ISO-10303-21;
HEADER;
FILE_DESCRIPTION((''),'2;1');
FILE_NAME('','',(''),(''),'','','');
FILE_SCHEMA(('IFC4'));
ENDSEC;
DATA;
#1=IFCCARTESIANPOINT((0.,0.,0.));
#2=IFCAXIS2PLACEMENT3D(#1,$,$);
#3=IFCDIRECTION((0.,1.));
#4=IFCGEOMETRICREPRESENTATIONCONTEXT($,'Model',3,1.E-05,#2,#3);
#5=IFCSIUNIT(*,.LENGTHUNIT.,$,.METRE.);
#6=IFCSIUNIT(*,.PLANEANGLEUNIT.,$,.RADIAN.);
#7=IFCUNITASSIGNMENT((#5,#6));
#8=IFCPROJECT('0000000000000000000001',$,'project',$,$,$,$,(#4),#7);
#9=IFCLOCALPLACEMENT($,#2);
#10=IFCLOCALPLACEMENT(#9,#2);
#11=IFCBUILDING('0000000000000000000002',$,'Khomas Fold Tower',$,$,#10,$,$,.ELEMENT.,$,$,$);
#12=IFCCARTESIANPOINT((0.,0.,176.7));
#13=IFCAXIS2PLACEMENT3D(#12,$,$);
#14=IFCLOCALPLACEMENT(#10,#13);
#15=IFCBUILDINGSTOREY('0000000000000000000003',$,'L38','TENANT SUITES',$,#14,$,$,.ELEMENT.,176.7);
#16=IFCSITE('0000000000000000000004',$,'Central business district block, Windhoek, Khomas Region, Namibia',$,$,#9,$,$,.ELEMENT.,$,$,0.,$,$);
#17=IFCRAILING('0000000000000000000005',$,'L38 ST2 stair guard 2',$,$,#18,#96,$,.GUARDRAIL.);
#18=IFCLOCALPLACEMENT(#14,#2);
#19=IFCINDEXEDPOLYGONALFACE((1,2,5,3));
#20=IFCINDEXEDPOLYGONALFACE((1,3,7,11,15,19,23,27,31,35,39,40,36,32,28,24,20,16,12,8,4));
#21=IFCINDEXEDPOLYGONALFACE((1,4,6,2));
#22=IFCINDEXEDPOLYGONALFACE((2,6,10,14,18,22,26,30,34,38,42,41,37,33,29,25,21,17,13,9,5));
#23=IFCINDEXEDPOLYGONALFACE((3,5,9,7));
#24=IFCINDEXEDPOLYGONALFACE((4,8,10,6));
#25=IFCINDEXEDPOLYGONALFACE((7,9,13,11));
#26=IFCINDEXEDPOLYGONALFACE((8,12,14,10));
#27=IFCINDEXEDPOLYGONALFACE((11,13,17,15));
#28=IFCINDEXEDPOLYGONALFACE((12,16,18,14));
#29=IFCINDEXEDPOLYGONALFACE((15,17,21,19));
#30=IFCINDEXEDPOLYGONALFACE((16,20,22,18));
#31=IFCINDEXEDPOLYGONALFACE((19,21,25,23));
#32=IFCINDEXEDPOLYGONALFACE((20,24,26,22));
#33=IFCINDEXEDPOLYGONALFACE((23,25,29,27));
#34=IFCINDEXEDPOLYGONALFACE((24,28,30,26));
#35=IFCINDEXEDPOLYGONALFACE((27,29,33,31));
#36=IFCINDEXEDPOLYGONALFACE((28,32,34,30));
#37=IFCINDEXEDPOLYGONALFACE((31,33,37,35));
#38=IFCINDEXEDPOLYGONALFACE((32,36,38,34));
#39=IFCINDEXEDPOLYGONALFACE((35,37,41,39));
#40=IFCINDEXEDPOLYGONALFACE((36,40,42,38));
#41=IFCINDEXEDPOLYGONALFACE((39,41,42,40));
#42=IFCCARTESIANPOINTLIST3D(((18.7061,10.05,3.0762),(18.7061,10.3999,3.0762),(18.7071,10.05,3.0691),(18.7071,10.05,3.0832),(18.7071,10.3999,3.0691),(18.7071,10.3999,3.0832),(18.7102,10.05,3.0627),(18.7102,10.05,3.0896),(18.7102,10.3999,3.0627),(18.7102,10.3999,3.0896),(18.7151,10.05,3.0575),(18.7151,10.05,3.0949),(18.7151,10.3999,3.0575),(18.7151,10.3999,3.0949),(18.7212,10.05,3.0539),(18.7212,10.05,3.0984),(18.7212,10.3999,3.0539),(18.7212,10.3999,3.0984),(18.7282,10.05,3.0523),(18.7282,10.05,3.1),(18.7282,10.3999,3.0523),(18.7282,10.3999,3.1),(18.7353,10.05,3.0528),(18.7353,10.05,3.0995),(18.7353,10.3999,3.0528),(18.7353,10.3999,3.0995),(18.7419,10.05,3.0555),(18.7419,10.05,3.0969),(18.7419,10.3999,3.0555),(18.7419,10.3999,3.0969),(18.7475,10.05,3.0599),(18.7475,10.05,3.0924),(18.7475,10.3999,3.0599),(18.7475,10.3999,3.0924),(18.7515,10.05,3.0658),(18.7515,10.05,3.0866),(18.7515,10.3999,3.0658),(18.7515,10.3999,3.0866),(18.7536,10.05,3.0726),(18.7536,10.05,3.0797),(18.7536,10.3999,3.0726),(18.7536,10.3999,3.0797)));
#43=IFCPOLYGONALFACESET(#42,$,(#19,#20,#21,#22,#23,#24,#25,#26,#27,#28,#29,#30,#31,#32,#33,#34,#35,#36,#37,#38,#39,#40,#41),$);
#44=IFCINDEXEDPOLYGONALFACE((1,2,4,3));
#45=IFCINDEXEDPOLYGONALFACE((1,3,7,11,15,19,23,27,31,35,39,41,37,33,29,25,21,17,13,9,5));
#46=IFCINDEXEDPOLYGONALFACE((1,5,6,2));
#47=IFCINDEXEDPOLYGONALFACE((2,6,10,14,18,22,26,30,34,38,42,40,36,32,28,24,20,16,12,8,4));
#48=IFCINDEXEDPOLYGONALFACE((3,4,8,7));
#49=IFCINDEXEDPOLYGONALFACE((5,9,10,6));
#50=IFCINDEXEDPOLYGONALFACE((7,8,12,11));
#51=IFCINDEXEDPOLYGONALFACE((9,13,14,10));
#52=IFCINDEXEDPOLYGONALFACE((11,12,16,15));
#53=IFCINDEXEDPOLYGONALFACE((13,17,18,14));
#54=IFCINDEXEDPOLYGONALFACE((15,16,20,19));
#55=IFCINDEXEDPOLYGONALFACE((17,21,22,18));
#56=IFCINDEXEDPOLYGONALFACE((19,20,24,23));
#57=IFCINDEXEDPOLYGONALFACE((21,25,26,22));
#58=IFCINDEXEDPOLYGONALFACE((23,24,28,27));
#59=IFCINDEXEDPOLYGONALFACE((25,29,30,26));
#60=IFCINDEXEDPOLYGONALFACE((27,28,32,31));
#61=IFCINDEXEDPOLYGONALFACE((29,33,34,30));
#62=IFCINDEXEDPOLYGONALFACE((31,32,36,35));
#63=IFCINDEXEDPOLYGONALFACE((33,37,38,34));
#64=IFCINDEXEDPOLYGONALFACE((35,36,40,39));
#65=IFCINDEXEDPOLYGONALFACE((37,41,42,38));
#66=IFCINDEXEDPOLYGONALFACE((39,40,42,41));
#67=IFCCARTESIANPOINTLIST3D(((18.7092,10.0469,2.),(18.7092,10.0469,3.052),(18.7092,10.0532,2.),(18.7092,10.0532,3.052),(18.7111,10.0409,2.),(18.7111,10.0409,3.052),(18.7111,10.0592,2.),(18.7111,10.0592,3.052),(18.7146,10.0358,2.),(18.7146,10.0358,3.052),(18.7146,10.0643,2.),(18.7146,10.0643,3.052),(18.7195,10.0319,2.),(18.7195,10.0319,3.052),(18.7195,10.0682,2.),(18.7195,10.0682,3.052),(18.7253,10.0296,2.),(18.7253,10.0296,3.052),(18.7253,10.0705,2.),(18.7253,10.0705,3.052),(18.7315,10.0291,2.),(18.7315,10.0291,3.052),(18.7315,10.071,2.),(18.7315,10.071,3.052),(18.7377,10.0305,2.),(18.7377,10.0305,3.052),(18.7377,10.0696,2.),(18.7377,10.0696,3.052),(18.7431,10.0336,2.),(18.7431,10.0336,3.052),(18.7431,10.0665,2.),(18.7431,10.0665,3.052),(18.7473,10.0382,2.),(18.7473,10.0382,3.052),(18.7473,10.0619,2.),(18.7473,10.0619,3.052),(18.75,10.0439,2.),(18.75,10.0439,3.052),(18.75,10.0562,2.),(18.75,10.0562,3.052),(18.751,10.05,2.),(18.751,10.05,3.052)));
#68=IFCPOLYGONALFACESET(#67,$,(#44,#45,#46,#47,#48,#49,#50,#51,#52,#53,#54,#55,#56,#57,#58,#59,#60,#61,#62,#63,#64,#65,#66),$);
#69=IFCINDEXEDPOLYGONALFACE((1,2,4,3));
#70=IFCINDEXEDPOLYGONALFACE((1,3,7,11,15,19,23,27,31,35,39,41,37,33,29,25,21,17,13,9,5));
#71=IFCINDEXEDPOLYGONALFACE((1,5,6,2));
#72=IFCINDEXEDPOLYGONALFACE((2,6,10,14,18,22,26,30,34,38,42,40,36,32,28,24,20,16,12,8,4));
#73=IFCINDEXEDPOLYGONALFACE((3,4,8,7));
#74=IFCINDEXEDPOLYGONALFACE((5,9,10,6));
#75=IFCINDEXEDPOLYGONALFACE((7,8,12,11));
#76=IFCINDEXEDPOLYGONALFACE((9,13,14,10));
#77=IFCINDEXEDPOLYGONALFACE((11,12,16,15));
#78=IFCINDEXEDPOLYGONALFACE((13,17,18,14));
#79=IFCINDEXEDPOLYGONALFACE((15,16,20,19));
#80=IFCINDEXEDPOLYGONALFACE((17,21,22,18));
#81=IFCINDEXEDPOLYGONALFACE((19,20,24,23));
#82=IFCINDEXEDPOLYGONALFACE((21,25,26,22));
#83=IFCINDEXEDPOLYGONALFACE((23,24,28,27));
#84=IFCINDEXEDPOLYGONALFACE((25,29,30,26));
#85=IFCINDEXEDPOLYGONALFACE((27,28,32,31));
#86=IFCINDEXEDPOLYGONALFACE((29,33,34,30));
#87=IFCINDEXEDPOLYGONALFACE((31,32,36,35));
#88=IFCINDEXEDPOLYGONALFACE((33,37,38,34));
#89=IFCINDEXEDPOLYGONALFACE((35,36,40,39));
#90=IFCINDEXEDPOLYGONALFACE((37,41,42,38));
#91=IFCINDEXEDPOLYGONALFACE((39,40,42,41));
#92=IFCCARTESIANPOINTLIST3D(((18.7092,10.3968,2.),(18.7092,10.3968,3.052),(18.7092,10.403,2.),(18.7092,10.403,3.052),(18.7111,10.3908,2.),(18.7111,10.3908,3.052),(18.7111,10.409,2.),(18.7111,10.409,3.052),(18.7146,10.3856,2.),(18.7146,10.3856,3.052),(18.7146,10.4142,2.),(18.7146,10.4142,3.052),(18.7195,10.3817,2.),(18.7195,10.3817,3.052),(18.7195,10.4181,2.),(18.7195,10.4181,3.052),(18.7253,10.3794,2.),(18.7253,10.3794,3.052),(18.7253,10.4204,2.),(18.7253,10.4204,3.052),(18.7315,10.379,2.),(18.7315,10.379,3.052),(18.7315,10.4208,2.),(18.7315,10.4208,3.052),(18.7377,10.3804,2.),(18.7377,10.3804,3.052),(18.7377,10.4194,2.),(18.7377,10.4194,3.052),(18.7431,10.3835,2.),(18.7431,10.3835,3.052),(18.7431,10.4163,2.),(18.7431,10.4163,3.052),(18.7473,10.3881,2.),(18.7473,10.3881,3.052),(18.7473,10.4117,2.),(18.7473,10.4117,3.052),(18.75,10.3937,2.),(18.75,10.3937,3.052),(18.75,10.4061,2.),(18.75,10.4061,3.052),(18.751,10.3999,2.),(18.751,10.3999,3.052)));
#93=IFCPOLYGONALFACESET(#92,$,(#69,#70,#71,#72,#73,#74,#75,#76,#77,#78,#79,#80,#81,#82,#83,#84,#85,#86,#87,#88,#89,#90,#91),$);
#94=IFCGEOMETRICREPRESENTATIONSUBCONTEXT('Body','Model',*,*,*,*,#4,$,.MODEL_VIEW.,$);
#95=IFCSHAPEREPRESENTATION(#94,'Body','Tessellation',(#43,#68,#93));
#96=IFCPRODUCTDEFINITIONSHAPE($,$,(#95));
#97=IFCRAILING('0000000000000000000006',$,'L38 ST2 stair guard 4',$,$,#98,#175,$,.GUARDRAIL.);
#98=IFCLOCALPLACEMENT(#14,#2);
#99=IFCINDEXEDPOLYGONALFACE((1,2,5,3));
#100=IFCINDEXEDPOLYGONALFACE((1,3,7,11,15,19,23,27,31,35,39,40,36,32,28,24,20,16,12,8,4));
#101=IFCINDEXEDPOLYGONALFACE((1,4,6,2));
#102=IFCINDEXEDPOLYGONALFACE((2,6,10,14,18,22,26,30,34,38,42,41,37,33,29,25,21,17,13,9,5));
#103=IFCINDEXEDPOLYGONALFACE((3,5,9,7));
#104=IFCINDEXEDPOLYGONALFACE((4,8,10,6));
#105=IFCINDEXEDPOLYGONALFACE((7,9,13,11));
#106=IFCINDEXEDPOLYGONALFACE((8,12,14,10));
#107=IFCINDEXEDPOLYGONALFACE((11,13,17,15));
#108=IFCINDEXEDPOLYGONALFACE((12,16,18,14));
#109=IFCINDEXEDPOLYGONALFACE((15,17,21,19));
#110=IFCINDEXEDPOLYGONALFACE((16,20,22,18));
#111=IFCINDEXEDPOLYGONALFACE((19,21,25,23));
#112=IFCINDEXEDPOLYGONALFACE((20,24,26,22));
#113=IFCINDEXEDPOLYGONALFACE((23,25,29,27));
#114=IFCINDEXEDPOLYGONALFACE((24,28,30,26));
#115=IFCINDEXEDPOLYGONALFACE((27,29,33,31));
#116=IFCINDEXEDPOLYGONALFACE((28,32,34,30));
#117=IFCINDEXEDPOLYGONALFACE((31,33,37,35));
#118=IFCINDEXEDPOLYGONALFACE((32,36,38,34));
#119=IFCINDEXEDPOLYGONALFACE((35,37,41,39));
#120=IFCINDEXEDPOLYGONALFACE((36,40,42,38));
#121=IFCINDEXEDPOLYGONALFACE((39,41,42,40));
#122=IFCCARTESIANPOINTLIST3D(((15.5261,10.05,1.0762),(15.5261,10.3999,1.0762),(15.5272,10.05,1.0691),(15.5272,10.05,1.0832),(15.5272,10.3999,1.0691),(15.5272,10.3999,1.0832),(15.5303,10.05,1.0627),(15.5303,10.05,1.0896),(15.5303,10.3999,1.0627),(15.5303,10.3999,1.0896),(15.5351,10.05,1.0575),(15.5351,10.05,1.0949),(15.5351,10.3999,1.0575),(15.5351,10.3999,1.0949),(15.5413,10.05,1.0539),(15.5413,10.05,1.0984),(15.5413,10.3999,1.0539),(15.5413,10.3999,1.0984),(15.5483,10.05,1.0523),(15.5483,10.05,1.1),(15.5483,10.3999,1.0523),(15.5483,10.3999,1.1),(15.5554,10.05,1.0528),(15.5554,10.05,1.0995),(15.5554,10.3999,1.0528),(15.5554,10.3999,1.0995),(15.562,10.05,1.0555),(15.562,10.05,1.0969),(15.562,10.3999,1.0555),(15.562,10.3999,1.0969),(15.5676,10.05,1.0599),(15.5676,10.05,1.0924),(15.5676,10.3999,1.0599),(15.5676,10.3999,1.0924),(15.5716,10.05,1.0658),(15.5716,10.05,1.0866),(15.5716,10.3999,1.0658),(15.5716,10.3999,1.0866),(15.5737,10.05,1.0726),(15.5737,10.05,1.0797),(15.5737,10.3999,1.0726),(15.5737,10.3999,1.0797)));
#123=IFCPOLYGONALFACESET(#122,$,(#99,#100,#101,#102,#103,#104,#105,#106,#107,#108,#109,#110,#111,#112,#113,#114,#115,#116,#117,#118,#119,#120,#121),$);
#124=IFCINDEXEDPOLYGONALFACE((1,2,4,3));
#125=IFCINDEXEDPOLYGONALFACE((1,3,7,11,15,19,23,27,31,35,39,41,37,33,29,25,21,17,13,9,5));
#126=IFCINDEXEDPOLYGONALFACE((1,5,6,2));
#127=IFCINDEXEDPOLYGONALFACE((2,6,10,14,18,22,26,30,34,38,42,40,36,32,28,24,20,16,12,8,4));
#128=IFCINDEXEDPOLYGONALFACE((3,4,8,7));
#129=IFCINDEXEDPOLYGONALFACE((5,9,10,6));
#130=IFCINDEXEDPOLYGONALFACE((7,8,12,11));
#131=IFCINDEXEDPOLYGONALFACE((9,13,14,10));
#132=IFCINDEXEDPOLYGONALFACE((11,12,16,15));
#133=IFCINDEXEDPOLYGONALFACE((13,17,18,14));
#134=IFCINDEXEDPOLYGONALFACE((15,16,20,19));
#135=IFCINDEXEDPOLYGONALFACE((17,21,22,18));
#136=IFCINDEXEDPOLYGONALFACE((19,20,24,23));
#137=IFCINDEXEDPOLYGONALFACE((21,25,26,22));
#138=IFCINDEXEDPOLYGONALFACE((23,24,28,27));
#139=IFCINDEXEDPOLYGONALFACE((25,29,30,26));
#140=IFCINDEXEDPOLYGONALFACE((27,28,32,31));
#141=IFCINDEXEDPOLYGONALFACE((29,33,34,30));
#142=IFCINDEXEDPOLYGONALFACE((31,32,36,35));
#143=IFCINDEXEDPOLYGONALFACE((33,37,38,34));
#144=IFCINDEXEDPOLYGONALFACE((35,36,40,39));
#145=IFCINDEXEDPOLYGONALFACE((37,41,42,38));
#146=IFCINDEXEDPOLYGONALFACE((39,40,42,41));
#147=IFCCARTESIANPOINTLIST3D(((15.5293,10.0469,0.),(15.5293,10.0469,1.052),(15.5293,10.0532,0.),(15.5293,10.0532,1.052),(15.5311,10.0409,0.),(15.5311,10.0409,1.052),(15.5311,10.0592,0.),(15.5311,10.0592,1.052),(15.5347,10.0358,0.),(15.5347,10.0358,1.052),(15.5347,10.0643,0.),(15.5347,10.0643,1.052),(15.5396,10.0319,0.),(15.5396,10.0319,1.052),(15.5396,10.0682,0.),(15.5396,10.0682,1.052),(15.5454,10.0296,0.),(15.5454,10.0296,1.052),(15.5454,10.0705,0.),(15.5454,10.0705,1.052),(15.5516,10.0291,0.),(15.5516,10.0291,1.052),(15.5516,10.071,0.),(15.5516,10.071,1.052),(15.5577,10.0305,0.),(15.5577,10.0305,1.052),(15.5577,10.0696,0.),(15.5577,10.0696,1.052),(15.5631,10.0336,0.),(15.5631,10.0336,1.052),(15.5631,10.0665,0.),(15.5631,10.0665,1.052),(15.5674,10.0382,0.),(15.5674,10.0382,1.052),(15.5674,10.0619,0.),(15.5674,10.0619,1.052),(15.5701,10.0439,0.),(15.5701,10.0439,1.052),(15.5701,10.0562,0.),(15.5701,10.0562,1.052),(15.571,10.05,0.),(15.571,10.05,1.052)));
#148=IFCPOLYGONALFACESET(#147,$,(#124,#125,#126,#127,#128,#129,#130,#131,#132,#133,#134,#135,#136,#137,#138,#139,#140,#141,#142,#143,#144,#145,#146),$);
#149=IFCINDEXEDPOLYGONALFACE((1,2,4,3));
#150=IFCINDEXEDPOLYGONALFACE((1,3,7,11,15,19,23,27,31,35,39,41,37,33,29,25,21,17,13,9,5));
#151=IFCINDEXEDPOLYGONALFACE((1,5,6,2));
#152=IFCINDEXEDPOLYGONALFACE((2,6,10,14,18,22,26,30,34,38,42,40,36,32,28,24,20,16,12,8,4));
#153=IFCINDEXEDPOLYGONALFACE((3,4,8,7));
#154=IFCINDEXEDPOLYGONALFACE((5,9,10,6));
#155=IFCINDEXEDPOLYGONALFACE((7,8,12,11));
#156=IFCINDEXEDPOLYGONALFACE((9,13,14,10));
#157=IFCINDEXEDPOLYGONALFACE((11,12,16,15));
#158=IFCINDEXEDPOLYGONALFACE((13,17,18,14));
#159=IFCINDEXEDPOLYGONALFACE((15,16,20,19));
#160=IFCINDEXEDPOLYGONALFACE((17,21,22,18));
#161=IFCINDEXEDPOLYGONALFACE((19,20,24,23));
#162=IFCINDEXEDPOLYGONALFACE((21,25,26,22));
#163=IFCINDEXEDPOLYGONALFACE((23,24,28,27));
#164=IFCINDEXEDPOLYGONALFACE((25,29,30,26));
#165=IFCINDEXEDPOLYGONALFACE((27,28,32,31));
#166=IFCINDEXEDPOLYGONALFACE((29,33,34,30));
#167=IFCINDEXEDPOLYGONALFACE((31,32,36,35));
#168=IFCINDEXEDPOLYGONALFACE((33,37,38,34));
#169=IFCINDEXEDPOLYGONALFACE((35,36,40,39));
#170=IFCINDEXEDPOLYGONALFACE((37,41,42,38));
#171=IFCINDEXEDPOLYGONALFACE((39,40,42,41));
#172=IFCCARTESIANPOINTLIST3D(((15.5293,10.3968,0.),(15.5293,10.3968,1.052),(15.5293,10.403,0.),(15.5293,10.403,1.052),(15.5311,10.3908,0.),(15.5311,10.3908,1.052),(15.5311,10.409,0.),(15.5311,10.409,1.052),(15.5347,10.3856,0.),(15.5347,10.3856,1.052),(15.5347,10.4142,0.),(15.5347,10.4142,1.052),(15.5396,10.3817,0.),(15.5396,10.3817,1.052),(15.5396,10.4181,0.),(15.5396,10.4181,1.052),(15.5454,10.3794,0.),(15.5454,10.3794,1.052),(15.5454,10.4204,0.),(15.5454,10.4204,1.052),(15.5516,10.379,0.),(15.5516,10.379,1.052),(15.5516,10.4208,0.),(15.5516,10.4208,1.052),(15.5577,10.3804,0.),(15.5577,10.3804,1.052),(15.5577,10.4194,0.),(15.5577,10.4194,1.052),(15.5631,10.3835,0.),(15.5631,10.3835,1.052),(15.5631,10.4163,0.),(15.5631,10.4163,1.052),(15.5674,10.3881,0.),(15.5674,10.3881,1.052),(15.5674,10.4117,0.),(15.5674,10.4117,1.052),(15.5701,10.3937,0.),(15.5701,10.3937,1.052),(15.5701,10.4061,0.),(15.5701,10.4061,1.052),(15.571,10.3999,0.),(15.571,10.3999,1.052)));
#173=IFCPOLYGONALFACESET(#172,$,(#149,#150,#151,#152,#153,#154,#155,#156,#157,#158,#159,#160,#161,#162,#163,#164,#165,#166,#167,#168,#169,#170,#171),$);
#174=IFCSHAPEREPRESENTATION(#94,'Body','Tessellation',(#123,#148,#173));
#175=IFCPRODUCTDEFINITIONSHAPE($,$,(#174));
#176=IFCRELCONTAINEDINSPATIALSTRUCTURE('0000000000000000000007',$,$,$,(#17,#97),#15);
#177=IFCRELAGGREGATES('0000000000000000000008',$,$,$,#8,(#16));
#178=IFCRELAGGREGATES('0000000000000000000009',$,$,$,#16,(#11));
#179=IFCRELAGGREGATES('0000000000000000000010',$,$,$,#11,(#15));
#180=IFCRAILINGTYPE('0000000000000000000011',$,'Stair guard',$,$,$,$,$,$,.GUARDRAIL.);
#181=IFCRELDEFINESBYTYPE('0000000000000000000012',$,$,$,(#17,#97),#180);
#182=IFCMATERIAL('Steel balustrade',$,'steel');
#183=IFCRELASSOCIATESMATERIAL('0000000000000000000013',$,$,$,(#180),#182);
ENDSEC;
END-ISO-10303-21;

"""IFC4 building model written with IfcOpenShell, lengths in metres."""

from ifc_helpers import new_model, si_unit, direction, frame, origin, origin_2d, place, context, subcontext, project, spatial, circle, extrude, source, transform, mapped, material, type_object, element, save


model = new_model("IFC4")

# Units and contexts
model_context = context("Model", 3, precision=1e-05, world=origin(), true_north=direction((0.0, 1.0)))
body_context = subcontext(model_context, "Body", "Model", "MODEL_VIEW")
ifc_project = project(units=[si_unit("LENGTHUNIT", "METRE"), si_unit("PLANEANGLEUNIT", "RADIAN")], contexts=[model_context])

# Site, building, storey
site_placement = place(None, origin())
site = spatial("IfcSite", under=ifc_project, at=site_placement, Name="Central business district block, Windhoek, Khomas Region, Namibia", CompositionType="ELEMENT", RefElevation=0.0)
building_placement = place(site_placement, origin())
building = spatial("IfcBuilding", under=site, at=building_placement, Name="Khomas Fold Tower", CompositionType="ELEMENT")
storey_placement = place(building_placement, frame((0.0, 0.0, 176.7)))
storey = spatial("IfcBuildingStorey", under=building, at=storey_placement, Name="L38", Description="TENANT SUITES", CompositionType="ELEMENT", Elevation=176.7)

# Railings
ifc_material_1 = material(Name="Steel balustrade", Category="steel")
railing_type_1 = type_object("IfcRailingType", Name="Stair guard", PredefinedType="GUARDRAIL", material=ifc_material_1)
shared_shape_1 = source(origin(), body_context, "Body", "SweptSolid", [
    extrude(circle(Radius=0.0239, at=origin_2d()), frame((0.0, 0.0, 1.0762), z_axis=(0.0, 1.0, 0.0), x_axis=(-1.0, 0.0, 0.0)), (0.0, 0.0, 1.0), 0.3499),
    extrude(circle(Radius=0.021, at=origin_2d()), origin(), (0.0, 0.0, 1.0), 1.052),
    extrude(circle(Radius=0.021, at=origin_2d()), frame((0.0, 0.3499, 0.0)), (0.0, 0.0, 1.0), 1.052),
])
for number, where, name in (
    (1, (18.73, 10.05, 2.0), "L38 ST2 stair guard 2"),
    (2, (15.55, 10.05, 0.0), "L38 ST2 stair guard 4"),
):
    element("IfcRailing", number, at=place(storey_placement, frame(where)), inside=storey, type_object=railing_type_1, Name=name, PredefinedType="GUARDRAIL", context=body_context, shape_type="MappedRepresentation", body=[
        mapped(shared_shape_1, transform((0.0, 0.0, 0.0))),
    ])

save(model, "model.ifc")
